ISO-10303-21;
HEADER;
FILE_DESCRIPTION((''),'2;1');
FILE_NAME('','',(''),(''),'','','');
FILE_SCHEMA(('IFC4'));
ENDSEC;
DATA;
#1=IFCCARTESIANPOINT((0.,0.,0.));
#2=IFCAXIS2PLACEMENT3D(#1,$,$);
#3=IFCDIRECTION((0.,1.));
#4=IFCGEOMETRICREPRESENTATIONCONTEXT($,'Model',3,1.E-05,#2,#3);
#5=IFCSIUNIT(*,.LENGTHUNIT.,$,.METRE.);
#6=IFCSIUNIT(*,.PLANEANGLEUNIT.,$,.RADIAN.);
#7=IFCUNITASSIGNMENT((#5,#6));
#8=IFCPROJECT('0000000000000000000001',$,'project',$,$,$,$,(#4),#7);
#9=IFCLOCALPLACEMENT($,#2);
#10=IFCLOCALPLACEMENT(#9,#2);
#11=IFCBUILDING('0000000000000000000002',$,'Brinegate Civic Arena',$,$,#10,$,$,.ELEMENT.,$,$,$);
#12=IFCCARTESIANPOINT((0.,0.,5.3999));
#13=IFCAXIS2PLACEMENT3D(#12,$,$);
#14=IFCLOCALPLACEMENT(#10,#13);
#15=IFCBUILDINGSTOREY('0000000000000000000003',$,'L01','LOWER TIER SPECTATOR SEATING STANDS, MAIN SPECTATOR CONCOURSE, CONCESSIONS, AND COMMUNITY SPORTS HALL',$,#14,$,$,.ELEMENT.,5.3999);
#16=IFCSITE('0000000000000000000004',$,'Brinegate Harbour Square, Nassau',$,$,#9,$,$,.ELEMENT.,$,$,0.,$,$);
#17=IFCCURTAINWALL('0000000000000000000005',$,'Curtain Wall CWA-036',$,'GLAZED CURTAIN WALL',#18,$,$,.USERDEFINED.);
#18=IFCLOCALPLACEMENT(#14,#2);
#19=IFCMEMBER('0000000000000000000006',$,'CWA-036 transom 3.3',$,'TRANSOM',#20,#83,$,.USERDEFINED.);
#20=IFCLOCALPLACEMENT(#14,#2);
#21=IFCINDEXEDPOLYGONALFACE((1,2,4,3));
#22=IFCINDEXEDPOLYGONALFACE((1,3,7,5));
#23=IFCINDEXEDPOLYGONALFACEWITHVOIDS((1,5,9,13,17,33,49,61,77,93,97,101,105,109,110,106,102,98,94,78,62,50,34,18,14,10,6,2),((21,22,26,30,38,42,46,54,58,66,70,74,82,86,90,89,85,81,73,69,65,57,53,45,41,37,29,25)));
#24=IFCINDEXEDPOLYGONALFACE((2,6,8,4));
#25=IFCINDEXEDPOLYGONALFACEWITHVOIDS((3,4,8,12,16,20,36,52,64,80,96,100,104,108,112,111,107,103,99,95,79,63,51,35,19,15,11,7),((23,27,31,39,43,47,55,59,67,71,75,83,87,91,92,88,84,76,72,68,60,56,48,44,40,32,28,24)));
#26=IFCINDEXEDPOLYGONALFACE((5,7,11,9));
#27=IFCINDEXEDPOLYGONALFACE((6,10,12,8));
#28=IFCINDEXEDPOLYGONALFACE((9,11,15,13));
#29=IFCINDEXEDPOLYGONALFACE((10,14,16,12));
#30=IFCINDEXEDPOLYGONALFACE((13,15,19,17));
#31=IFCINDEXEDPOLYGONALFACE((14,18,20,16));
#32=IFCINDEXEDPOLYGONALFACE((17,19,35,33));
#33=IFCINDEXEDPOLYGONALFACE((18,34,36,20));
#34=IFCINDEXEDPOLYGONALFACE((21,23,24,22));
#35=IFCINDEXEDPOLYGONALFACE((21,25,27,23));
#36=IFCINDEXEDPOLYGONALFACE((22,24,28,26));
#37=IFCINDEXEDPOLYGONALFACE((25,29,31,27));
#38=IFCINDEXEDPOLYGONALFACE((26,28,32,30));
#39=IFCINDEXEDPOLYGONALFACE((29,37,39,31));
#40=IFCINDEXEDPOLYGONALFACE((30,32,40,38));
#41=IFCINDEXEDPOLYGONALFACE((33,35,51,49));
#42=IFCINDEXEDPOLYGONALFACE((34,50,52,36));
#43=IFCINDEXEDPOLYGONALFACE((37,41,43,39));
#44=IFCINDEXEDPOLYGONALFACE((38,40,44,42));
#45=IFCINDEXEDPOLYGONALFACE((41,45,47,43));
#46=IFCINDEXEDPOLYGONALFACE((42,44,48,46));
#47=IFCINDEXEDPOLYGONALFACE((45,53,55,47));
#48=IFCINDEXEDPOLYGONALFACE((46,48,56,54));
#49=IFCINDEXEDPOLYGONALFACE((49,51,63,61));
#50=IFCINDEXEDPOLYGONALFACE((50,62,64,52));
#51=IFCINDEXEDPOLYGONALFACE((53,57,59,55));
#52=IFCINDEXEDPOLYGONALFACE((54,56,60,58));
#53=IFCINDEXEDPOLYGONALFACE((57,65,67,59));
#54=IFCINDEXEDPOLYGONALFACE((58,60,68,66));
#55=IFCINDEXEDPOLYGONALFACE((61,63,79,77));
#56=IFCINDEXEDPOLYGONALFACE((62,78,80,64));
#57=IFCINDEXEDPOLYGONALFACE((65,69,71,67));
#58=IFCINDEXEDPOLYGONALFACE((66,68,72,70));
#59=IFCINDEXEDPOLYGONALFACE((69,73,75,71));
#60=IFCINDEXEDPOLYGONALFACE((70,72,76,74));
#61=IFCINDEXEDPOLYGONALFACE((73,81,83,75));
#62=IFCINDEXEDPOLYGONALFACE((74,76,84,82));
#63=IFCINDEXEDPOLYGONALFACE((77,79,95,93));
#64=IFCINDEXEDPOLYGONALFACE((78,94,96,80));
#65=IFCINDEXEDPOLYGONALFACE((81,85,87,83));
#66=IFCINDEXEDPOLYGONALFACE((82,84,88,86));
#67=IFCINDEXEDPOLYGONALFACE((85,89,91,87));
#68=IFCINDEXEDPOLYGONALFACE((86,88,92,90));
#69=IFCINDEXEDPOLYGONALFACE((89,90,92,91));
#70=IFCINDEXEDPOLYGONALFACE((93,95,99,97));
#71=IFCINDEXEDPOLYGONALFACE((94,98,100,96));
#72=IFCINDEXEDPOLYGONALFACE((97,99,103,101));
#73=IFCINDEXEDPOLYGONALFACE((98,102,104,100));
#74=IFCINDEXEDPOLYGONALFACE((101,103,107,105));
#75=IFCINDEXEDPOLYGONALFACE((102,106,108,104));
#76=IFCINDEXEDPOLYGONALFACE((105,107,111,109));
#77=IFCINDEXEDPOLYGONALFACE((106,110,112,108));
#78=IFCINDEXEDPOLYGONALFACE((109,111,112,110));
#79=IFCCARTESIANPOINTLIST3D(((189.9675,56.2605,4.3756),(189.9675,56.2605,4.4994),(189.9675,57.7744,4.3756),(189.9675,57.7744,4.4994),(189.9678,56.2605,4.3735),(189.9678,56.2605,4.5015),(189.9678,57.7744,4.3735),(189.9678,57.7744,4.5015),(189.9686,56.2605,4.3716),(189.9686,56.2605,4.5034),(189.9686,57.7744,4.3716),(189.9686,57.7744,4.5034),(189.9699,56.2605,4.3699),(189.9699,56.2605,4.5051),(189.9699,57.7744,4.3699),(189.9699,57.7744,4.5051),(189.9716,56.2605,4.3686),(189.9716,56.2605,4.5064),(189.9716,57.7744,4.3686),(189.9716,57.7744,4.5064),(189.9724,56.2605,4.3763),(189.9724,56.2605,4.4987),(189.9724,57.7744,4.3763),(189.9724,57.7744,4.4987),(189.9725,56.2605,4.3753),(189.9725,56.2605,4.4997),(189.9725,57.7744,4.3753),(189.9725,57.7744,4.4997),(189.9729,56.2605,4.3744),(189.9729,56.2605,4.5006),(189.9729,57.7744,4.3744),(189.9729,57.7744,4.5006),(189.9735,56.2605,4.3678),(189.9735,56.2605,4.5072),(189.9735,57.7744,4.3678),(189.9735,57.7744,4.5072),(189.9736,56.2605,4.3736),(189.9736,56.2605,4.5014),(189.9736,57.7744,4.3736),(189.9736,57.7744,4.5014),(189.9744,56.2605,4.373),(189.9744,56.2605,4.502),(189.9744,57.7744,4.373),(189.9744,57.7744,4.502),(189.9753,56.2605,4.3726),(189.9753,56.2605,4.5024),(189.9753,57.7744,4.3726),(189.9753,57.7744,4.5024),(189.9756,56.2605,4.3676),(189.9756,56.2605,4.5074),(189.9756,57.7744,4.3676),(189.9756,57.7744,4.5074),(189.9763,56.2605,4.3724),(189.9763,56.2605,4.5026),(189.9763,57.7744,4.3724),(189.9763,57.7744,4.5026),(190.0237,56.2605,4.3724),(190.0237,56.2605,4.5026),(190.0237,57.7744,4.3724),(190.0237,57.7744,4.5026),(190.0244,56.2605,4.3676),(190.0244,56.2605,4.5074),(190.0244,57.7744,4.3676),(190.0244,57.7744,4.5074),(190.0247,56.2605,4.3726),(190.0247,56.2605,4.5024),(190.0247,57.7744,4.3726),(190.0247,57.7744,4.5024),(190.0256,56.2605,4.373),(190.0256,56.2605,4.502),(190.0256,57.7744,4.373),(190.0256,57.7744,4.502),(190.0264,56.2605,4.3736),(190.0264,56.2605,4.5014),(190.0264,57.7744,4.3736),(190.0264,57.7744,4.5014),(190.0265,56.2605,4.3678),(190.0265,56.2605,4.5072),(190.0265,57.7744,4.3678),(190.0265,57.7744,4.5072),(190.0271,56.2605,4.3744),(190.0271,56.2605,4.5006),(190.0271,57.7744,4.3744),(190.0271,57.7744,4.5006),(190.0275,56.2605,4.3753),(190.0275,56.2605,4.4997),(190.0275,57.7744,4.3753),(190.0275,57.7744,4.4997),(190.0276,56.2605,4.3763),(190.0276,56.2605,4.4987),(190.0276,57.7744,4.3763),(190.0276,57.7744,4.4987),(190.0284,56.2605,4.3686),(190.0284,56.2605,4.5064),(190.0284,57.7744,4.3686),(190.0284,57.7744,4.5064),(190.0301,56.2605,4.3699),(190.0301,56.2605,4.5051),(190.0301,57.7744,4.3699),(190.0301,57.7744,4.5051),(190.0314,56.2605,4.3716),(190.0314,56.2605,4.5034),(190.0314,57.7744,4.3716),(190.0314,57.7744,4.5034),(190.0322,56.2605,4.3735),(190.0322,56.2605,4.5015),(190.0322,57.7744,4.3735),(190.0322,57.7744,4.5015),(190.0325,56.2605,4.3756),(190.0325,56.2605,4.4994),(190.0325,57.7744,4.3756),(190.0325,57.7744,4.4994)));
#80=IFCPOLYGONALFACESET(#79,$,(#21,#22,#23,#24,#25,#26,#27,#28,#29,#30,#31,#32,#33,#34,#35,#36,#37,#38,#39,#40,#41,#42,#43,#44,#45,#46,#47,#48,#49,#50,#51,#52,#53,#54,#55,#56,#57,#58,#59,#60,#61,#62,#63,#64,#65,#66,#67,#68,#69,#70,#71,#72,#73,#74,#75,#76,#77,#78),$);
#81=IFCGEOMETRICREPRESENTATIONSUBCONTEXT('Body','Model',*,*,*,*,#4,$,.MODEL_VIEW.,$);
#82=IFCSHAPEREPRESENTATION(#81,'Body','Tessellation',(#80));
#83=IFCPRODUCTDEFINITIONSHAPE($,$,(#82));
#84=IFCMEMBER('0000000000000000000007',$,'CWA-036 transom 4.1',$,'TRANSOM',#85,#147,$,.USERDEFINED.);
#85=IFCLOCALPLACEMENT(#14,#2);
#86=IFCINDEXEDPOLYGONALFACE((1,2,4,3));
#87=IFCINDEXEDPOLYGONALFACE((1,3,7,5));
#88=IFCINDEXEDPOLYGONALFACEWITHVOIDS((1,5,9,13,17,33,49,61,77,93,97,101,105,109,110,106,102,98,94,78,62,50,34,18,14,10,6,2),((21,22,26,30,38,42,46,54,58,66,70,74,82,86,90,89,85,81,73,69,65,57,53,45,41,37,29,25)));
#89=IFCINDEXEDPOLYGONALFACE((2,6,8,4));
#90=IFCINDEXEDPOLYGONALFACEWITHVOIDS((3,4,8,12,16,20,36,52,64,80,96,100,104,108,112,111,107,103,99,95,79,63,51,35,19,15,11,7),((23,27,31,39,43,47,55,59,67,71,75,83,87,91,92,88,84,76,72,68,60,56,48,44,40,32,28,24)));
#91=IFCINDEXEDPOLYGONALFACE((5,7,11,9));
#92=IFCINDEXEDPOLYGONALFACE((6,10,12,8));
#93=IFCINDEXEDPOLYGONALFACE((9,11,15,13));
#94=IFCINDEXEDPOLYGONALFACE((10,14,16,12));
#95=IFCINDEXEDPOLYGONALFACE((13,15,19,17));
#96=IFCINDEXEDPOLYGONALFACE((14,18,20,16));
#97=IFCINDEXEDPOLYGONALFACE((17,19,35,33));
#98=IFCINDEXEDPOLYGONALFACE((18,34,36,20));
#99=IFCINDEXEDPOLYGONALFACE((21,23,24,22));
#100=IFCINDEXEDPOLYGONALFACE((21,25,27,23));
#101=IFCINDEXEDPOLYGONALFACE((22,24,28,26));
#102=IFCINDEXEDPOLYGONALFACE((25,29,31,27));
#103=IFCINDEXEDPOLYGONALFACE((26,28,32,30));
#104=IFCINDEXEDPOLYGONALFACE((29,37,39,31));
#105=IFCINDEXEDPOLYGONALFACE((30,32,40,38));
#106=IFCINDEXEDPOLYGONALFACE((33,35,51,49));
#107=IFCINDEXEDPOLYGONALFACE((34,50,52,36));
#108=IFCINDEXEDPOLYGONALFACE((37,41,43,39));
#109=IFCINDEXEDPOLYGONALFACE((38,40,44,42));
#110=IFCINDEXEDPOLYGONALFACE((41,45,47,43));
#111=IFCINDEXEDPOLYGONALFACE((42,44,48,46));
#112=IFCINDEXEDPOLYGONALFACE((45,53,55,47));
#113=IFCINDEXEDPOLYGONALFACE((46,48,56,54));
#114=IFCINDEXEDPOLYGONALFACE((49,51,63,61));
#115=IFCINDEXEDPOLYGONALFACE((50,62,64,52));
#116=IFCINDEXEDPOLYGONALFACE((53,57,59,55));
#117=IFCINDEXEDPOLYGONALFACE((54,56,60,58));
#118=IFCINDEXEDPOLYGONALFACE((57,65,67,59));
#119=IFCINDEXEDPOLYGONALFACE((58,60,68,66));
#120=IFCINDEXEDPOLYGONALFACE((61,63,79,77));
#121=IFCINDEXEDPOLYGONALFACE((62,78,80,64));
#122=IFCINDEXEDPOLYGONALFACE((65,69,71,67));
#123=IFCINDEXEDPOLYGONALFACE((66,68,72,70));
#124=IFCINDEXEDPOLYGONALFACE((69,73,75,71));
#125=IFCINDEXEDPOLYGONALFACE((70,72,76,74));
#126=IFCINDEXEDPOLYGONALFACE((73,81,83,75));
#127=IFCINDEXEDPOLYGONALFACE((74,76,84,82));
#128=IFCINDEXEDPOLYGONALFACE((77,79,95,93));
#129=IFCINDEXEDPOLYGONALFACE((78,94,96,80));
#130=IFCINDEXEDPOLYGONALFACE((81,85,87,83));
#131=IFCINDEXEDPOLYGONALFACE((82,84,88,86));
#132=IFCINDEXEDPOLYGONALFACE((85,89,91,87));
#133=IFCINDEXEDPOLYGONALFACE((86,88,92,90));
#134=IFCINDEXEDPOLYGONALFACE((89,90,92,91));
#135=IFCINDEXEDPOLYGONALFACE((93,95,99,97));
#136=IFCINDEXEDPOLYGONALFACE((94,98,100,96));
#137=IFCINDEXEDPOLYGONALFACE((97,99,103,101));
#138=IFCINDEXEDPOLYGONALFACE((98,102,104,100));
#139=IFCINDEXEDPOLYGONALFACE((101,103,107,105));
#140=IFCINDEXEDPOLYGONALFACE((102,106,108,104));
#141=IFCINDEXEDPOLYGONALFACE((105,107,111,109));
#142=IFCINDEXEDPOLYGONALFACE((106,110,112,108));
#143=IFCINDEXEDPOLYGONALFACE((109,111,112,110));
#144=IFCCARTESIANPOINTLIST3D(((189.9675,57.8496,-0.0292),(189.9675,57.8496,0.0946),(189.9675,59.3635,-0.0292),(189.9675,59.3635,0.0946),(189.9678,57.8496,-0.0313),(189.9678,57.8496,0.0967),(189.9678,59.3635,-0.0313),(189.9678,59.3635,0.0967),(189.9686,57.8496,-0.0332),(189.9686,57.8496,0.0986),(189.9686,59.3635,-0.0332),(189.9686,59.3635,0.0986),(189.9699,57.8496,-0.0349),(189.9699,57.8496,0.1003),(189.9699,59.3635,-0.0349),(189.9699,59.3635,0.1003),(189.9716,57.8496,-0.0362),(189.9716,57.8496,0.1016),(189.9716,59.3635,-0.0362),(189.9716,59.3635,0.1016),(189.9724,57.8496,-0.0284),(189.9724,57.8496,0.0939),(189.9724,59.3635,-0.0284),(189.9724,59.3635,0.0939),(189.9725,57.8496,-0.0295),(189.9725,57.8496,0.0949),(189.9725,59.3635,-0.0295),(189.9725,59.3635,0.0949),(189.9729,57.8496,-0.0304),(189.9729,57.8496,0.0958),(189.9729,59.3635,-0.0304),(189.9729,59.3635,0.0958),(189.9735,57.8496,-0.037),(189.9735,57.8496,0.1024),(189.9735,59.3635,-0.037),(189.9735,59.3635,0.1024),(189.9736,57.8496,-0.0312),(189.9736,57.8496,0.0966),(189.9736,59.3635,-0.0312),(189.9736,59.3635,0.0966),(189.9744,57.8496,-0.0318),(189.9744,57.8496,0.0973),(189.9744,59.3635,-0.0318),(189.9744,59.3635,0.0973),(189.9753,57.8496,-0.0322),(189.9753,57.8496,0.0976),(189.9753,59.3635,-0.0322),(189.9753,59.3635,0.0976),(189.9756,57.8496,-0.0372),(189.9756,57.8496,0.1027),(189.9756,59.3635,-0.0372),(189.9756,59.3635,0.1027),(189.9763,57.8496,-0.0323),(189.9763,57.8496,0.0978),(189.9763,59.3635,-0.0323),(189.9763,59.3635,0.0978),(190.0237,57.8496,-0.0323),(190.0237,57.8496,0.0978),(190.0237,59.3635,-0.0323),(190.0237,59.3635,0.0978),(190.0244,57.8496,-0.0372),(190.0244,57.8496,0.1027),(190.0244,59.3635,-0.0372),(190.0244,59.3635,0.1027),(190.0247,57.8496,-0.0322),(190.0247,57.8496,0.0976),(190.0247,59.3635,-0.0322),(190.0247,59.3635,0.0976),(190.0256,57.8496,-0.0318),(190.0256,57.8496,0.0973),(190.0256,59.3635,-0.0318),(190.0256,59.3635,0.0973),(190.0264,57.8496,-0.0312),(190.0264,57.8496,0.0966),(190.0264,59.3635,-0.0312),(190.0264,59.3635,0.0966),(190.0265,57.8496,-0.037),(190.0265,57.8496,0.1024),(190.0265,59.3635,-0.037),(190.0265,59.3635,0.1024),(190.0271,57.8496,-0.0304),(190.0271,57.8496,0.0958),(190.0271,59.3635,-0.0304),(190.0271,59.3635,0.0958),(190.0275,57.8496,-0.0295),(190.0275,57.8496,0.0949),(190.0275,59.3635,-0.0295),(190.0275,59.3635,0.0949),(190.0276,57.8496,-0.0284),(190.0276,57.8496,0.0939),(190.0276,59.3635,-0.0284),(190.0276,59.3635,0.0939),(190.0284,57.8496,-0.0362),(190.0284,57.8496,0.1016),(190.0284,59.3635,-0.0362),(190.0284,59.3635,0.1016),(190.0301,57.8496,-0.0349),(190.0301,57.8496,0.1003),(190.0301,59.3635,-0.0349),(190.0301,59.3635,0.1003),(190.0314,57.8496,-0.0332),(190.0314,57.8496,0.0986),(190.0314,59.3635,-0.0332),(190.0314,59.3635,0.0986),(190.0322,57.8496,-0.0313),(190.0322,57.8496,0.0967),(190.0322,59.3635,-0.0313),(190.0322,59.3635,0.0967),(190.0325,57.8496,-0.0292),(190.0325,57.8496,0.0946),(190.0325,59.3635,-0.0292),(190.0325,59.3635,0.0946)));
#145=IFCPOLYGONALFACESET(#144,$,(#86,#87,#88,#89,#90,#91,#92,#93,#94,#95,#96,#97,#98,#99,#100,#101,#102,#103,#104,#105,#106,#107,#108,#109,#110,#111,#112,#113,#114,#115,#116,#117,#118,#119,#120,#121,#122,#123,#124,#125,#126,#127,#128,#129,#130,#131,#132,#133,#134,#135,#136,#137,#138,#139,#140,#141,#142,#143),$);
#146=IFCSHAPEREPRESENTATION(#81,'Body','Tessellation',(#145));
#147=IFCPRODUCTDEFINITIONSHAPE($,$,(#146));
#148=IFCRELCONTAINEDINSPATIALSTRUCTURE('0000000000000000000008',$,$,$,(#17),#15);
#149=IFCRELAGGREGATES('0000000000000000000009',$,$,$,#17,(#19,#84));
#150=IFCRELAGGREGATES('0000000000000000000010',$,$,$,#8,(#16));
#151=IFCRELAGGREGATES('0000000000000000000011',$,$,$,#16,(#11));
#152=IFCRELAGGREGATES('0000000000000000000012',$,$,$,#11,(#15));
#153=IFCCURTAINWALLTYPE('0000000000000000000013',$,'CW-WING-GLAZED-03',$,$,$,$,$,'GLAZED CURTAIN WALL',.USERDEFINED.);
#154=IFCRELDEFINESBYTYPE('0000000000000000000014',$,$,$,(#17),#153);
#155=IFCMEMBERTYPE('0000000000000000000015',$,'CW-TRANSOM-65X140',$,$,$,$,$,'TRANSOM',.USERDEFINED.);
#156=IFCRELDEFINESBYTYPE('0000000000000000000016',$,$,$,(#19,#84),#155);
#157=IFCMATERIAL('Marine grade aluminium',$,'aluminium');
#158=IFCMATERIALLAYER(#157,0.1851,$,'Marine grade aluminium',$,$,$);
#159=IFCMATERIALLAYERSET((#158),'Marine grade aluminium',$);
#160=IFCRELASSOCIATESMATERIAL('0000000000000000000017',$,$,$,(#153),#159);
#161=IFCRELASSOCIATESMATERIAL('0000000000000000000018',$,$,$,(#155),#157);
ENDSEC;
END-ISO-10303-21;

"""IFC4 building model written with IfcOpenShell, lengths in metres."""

from ifc_helpers import new_model, si_unit, direction, frame, origin, origin_2d, place, context, subcontext, project, spatial, hollow_rectangle, extrude, material, layer, layer_set, material_profile, profile_set, type_object, element, aggregate, save


model = new_model("IFC4")

# Units and contexts
model_context = context("Model", 3, precision=1e-05, world=origin(), true_north=direction((0.0, 1.0)))
body_context = subcontext(model_context, "Body", "Model", "MODEL_VIEW")
ifc_project = project(units=[si_unit("LENGTHUNIT", "METRE"), si_unit("PLANEANGLEUNIT", "RADIAN")], contexts=[model_context])

# Site, building, storey
site_placement = place(None, origin())
site = spatial("IfcSite", under=ifc_project, at=site_placement, Name="Brinegate Harbour Square, Nassau", CompositionType="ELEMENT", RefElevation=0.0)
building_placement = place(site_placement, origin())
building = spatial("IfcBuilding", under=site, at=building_placement, Name="Brinegate Civic Arena", CompositionType="ELEMENT")
storey_placement = place(building_placement, frame((0.0, 0.0, 5.3999)))
storey = spatial("IfcBuildingStorey", under=building, at=storey_placement, Name="L01", Description="LOWER TIER SPECTATOR SEATING STANDS, MAIN SPECTATOR CONCOURSE, CONCESSIONS, AND COMMUNITY SPORTS HALL", CompositionType="ELEMENT", Elevation=5.3999)

# Curtain wall
ifc_material_1 = material(Name="Marine grade aluminium", Category="aluminium")
ifc_layer_1 = layer(ifc_material_1, 0.1851, Name="Marine grade aluminium")
ifc_layer_set_1 = layer_set([ifc_layer_1], Name="Marine grade aluminium")
curtain_wall_type = type_object("IfcCurtainWallType", Name="CW-WING-GLAZED-03", ElementType="GLAZED CURTAIN WALL", PredefinedType="USERDEFINED", material=ifc_layer_set_1)
curtain_wall_1_placement = place(storey_placement, origin())
curtain_wall_1 = element("IfcCurtainWall", 1, at=curtain_wall_1_placement, inside=storey, type_object=curtain_wall_type, Name="Curtain Wall CWA-036", ObjectType="GLAZED CURTAIN WALL", PredefinedType="USERDEFINED")

# Members
ifc_material_profile_1 = material_profile(ifc_material_1, hollow_rectangle(XDim=0.0649, YDim=0.1399, WallThickness=0.0049, InnerFilletRadius=0.0039, OuterFilletRadius=0.0081, at=origin_2d()), Name="TRN65X140")
ifc_profile_set_1 = profile_set([ifc_material_profile_1], Name="Marine grade aluminium")
member_type_1 = type_object("IfcMemberType", Name="CW-TRANSOM-65X140", ElementType="TRANSOM", PredefinedType="USERDEFINED", material=ifc_profile_set_1)
member_1_placement = place(storey_placement, frame((190.0, 56.2605, 4.4375), z_axis=(0.0, 1.0, 0.0), x_axis=(-1.0, 0.0, 0.0)))
member_1 = element("IfcMember", 2, at=member_1_placement, type_object=member_type_1, Name="CWA-036 transom 3.3", ObjectType="TRANSOM", PredefinedType="USERDEFINED", context=body_context, shape_type="SweptSolid", body=[
    extrude(hollow_rectangle(XDim=0.0649, YDim=0.1399, WallThickness=0.0049, InnerFilletRadius=0.0039, OuterFilletRadius=0.0081, at=origin_2d()), origin(), (0.0, 0.0, 1.0), 1.5139),
])
member_2_placement = place(storey_placement, frame((190.0, 57.8496, 0.0327), z_axis=(0.0, 1.0, 0.0), x_axis=(-1.0, 0.0, 0.0)))
member_2 = element("IfcMember", 3, at=member_2_placement, type_object=member_type_1, Name="CWA-036 transom 4.1", ObjectType="TRANSOM", PredefinedType="USERDEFINED", context=body_context, shape_type="SweptSolid", body=[
    extrude(hollow_rectangle(XDim=0.0649, YDim=0.1399, WallThickness=0.0049, InnerFilletRadius=0.0039, OuterFilletRadius=0.0081, at=origin_2d()), origin(), (0.0, 0.0, 1.0), 1.5139),
])

aggregate(curtain_wall_1, [member_1, member_2])

save(model, "model.ifc")
